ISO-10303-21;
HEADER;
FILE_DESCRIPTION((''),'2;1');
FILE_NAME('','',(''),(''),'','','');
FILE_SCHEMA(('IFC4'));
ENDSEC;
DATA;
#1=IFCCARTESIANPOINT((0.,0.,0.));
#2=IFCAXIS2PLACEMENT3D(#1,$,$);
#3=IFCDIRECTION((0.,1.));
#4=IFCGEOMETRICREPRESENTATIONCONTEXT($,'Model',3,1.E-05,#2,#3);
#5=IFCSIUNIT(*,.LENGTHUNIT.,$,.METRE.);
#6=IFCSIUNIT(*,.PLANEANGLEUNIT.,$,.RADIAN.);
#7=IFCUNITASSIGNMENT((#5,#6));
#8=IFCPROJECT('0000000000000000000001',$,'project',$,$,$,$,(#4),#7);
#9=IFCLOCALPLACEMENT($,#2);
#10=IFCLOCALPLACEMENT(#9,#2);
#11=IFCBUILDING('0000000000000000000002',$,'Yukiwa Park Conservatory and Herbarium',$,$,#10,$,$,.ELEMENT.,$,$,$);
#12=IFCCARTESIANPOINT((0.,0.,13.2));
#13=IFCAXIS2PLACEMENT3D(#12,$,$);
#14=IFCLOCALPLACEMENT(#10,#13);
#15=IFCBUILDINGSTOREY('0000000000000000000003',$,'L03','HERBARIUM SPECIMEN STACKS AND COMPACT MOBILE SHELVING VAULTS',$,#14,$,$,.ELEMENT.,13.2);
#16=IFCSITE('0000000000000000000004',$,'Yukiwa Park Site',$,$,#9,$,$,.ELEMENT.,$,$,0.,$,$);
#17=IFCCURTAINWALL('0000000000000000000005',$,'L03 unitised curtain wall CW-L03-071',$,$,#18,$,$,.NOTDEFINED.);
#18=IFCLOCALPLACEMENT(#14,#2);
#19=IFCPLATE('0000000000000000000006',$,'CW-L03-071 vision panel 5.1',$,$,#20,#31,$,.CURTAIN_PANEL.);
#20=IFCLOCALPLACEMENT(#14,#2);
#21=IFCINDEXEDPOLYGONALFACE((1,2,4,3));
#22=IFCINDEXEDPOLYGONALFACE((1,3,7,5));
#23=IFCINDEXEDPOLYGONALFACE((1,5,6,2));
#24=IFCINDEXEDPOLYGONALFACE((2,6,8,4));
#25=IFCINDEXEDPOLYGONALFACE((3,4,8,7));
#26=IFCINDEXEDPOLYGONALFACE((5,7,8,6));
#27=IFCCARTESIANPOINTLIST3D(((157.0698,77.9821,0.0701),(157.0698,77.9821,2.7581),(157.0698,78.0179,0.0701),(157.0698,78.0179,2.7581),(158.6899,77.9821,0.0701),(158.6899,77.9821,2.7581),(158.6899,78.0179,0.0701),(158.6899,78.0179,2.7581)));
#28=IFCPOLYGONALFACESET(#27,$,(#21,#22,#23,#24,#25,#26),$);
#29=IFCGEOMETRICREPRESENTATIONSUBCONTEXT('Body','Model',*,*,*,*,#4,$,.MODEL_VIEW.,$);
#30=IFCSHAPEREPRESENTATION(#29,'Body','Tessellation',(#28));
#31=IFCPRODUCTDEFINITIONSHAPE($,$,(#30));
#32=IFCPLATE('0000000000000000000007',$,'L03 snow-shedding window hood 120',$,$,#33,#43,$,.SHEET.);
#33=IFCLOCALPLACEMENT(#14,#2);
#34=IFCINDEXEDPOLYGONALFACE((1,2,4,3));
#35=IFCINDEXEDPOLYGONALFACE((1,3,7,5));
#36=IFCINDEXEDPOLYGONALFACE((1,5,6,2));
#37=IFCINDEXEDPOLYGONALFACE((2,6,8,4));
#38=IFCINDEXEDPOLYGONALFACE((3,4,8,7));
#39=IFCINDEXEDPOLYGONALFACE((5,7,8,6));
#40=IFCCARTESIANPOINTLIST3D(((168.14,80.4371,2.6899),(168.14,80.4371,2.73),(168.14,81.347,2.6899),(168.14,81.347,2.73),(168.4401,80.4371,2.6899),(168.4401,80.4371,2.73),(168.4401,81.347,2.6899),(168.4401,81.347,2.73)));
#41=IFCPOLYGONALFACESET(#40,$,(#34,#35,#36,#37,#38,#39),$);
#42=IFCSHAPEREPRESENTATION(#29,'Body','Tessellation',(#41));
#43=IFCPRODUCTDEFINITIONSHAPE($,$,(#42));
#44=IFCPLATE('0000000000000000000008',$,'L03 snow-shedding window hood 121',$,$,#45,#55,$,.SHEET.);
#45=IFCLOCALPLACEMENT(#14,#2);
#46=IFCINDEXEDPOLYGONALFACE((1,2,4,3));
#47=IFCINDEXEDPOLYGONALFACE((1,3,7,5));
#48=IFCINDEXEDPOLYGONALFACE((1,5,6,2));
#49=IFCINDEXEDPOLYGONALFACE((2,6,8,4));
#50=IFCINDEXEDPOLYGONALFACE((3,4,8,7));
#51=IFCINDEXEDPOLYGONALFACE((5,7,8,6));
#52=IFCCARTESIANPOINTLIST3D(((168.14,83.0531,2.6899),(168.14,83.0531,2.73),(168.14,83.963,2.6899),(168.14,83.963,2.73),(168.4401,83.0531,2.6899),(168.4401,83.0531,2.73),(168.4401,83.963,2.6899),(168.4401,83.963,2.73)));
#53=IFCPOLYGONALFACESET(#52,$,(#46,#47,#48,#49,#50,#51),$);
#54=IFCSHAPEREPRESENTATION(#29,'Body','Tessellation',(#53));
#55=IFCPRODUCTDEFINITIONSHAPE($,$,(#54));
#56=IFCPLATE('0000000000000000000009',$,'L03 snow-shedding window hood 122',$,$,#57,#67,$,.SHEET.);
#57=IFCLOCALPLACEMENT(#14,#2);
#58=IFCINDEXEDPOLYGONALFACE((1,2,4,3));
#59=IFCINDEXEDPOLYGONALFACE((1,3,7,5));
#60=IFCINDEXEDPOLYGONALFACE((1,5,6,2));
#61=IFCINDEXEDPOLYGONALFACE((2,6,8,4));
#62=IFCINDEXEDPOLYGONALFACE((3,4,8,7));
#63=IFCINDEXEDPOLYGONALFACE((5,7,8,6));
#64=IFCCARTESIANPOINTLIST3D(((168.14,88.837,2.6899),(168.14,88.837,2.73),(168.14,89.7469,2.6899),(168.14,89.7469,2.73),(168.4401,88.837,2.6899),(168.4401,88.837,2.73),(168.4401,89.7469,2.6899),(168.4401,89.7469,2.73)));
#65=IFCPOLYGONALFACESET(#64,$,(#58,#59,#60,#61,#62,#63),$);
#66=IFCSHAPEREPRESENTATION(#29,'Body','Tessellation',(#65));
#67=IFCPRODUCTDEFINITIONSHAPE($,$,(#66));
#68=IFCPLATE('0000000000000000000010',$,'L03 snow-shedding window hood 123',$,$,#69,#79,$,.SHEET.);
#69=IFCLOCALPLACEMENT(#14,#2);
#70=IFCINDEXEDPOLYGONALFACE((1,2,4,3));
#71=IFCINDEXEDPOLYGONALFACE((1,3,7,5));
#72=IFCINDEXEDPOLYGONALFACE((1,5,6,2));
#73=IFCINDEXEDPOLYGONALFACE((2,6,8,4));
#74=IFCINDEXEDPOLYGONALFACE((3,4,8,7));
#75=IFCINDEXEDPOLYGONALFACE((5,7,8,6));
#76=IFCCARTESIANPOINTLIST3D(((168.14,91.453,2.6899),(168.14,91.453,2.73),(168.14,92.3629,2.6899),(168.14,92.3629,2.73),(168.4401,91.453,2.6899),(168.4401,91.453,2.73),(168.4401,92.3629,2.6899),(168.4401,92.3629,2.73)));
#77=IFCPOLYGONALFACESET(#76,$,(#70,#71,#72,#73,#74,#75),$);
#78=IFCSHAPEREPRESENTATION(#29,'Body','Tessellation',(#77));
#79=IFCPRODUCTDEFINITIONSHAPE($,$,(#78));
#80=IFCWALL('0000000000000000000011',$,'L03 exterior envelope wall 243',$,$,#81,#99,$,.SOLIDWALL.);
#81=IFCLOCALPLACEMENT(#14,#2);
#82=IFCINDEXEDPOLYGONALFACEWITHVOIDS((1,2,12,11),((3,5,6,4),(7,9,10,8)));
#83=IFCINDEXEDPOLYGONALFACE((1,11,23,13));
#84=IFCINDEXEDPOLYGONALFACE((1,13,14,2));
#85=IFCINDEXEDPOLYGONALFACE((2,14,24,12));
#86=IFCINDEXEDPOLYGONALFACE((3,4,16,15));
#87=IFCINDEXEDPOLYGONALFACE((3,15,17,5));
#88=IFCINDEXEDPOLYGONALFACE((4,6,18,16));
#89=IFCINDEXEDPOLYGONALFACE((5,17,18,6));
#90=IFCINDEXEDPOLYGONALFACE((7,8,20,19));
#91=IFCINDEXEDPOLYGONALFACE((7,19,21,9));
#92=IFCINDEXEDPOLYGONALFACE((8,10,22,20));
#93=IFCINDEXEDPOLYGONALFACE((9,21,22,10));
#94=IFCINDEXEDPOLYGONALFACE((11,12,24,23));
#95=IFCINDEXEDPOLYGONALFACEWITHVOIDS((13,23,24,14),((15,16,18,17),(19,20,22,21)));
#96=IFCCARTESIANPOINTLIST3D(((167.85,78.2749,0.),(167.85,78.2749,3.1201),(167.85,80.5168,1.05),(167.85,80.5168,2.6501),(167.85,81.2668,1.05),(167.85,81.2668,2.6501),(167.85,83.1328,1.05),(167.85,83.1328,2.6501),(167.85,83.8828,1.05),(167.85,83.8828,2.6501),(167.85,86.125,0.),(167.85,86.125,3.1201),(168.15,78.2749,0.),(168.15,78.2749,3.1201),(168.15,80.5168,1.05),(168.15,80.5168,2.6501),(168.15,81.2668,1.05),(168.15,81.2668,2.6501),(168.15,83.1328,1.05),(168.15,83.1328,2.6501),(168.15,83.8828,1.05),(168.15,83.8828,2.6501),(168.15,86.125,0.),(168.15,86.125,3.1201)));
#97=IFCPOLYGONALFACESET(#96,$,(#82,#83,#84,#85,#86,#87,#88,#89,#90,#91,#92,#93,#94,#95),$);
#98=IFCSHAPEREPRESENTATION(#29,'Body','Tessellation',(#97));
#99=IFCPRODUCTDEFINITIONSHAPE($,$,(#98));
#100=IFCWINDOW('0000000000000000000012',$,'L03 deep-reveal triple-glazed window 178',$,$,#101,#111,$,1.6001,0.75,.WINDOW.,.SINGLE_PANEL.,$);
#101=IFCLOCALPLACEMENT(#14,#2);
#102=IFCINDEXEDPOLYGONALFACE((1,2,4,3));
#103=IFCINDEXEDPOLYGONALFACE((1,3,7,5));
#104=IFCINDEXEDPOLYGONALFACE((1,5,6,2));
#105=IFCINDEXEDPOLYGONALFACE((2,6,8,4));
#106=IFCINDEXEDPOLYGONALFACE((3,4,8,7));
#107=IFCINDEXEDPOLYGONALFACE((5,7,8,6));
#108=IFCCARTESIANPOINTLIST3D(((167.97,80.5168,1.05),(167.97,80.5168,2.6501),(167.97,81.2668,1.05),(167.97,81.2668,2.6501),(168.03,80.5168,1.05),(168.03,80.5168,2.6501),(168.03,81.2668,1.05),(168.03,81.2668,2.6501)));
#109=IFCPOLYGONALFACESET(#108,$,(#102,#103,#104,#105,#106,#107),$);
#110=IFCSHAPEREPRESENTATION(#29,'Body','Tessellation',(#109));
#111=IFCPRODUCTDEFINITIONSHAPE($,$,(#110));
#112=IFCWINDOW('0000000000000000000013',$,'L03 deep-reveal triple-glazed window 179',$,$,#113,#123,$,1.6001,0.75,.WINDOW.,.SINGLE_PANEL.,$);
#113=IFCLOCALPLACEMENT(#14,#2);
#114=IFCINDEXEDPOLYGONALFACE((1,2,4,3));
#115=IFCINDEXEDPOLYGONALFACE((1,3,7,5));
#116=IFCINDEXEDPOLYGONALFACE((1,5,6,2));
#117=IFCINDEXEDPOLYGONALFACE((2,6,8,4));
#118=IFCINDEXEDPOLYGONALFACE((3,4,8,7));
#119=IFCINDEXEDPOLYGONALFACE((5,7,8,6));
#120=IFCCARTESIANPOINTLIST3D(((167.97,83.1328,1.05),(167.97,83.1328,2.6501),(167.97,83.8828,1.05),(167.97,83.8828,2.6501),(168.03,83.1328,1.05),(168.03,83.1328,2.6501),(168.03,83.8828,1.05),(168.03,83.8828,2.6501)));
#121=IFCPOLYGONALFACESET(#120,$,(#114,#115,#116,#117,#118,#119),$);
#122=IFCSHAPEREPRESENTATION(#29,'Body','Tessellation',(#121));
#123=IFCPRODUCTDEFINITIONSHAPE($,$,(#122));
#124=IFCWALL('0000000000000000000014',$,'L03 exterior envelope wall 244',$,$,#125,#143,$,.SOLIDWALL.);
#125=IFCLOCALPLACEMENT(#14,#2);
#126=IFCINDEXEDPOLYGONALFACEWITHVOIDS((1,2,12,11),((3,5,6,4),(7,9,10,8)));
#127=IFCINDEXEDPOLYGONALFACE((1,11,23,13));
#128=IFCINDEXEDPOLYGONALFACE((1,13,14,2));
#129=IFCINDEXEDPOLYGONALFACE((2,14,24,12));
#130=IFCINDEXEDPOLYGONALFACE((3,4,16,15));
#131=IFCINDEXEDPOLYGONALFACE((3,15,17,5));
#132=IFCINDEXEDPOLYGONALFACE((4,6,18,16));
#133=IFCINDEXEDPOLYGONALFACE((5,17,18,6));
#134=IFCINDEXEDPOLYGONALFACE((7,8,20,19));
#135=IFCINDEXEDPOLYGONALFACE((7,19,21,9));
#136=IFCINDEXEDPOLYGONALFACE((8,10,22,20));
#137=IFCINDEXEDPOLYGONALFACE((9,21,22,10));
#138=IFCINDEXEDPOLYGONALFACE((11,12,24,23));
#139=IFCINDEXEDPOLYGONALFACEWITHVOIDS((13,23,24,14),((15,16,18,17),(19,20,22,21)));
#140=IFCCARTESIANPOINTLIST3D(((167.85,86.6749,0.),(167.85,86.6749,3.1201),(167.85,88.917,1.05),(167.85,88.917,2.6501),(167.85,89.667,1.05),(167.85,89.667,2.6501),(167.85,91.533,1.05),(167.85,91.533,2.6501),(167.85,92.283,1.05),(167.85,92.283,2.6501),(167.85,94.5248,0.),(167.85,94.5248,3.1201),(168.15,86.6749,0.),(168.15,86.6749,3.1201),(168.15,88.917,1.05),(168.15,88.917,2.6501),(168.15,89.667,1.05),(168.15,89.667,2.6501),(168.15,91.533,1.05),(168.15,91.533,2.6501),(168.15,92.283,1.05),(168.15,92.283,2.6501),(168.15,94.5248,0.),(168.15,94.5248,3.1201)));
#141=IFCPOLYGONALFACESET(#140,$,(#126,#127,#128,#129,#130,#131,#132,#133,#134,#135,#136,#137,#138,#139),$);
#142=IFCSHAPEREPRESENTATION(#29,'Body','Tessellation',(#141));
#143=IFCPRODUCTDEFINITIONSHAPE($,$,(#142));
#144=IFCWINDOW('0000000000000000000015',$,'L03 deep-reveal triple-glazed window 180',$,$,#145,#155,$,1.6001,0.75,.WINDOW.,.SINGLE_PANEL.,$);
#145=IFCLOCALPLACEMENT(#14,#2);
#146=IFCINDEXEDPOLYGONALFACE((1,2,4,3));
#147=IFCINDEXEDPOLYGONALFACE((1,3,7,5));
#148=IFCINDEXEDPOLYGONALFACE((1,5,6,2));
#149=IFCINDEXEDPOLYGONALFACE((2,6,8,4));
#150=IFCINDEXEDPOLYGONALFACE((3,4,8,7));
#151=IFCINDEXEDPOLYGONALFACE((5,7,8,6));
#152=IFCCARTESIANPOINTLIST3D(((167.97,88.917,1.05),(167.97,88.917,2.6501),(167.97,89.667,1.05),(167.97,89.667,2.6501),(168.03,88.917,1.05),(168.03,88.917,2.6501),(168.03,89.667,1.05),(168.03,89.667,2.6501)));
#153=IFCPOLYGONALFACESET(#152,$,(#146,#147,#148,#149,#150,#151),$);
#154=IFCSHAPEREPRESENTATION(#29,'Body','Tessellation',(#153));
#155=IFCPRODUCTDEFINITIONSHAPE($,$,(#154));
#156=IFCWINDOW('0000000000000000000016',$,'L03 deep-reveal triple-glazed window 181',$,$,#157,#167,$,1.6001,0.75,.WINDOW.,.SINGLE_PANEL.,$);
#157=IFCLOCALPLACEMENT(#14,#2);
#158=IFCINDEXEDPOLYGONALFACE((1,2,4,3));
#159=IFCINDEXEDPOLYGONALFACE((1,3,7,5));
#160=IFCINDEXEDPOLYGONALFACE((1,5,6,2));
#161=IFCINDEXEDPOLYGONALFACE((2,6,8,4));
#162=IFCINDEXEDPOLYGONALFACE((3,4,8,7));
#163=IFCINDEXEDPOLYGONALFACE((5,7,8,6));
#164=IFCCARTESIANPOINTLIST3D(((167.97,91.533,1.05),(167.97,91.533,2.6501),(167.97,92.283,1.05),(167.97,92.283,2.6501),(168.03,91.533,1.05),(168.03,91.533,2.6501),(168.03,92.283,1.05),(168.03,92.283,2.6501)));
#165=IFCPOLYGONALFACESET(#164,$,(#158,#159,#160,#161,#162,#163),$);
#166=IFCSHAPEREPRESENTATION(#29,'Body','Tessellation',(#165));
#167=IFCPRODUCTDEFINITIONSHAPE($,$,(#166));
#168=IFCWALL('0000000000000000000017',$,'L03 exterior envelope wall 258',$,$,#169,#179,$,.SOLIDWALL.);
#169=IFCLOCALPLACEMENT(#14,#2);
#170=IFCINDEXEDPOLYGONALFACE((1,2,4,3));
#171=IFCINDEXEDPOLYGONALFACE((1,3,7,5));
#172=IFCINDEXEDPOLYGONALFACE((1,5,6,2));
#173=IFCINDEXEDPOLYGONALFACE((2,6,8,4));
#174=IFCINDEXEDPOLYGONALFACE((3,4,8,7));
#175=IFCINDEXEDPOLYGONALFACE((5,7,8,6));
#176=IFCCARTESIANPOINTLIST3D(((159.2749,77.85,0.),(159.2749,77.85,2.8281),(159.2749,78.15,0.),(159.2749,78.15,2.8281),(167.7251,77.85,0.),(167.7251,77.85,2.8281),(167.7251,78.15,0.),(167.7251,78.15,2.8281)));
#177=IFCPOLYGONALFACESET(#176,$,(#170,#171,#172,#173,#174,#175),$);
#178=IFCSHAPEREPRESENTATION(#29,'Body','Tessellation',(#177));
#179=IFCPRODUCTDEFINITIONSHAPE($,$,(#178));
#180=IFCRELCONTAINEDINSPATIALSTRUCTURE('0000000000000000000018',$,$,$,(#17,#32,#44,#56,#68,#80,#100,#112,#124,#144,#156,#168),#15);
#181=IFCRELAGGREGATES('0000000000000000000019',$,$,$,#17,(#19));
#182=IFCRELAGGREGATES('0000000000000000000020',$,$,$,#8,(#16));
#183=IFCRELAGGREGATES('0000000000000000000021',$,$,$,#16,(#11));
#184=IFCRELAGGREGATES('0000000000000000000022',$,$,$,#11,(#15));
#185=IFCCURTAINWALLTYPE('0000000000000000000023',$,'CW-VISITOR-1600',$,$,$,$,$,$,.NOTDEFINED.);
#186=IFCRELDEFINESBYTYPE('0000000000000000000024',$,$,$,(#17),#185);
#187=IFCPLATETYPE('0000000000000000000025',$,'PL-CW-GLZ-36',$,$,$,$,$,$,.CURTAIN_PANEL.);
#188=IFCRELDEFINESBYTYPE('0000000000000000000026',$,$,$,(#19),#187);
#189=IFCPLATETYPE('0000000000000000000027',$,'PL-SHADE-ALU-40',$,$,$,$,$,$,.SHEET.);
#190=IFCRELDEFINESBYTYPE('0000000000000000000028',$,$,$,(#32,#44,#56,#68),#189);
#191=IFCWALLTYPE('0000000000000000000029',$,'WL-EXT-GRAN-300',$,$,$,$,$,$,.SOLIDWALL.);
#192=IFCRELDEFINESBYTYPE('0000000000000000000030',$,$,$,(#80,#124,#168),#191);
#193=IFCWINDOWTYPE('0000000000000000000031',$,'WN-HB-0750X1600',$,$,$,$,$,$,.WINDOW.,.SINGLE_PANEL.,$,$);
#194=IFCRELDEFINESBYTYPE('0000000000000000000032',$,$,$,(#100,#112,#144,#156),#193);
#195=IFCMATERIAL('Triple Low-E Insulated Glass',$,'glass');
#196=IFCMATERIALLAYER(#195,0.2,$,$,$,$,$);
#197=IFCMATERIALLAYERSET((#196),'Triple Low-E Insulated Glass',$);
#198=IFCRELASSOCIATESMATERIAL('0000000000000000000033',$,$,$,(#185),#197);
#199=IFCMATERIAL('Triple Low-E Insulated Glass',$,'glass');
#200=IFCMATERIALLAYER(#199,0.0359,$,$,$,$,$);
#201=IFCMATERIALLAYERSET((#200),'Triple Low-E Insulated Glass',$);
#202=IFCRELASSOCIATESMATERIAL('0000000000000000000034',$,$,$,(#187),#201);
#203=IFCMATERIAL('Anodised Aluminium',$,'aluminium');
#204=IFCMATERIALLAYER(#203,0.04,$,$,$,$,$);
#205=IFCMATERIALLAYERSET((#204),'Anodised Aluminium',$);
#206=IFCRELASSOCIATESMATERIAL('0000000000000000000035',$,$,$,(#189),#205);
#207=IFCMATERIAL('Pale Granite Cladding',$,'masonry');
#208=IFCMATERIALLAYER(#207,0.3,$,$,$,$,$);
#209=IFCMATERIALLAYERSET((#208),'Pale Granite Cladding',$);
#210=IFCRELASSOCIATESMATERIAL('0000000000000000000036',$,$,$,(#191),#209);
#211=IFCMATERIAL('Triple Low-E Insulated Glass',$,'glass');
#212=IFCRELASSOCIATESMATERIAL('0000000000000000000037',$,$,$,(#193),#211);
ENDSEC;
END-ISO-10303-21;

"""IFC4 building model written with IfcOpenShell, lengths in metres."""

from ifc_helpers import new_model, si_unit, direction, frame, frame_2d, origin, origin_2d, place, context, subcontext, project, spatial, rectangle, extrude, material, layer, layer_set, type_object, element, fill, aggregate, save


model = new_model("IFC4")

# Units and contexts
model_context = context("Model", 3, precision=1e-05, world=origin(), true_north=direction((0.0, 1.0)))
body_context = subcontext(model_context, "Body", "Model", "MODEL_VIEW")
ifc_project = project(units=[si_unit("LENGTHUNIT", "METRE"), si_unit("PLANEANGLEUNIT", "RADIAN")], contexts=[model_context])

# Site, building, storey
site_placement = place(None, origin())
site = spatial("IfcSite", under=ifc_project, at=site_placement, Name="Yukiwa Park Site", CompositionType="ELEMENT", RefElevation=0.0)
building_placement = place(site_placement, origin())
building = spatial("IfcBuilding", under=site, at=building_placement, Name="Yukiwa Park Conservatory and Herbarium", CompositionType="ELEMENT")
storey_placement = place(building_placement, frame((0.0, 0.0, 13.2)))
storey = spatial("IfcBuildingStorey", under=building, at=storey_placement, Name="L03", Description="HERBARIUM SPECIMEN STACKS AND COMPACT MOBILE SHELVING VAULTS", CompositionType="ELEMENT", Elevation=13.2)

# Curtain wall, plate
ifc_material_1 = material(Name="Triple Low-E Insulated Glass", Category="glass")
ifc_layer_1 = layer(ifc_material_1, 0.2)
ifc_layer_set_1 = layer_set([ifc_layer_1], Name="Triple Low-E Insulated Glass")
curtain_wall_type = type_object("IfcCurtainWallType", Name="CW-VISITOR-1600", PredefinedType="NOTDEFINED", material=ifc_layer_set_1)
curtain_wall_placement = place(storey_placement, origin())
curtain_wall = element("IfcCurtainWall", 1, at=curtain_wall_placement, inside=storey, type_object=curtain_wall_type, Name="L03 unitised curtain wall CW-L03-071", PredefinedType="NOTDEFINED")
ifc_material_2 = material(Name="Triple Low-E Insulated Glass", Category="glass")
ifc_layer_2 = layer(ifc_material_2, 0.0359)
ifc_layer_set_2 = layer_set([ifc_layer_2], Name="Triple Low-E Insulated Glass")
plate_type_1 = type_object("IfcPlateType", Name="PL-CW-GLZ-36", PredefinedType="CURTAIN_PANEL", material=ifc_layer_set_2)
plate_placement = place(storey_placement, frame((157.8799, 78.0, 0.0701), z_axis=(0.0, 0.0, 1.0), x_axis=(1.0, 0.0, 0.0)))
plate = element("IfcPlate", 2, at=plate_placement, type_object=plate_type_1, Name="CW-L03-071 vision panel 5.1", PredefinedType="CURTAIN_PANEL", context=body_context, shape_type="SweptSolid", body=[
    extrude(rectangle(XDim=1.6201, YDim=0.0359, at=origin_2d()), origin(), (0.0, 0.0, 1.0), 2.688),
])
aggregate(curtain_wall, [plate])

# Plates
ifc_material_3 = material(Name="Anodised Aluminium", Category="aluminium")
ifc_layer_3 = layer(ifc_material_3, 0.04)
ifc_layer_set_3 = layer_set([ifc_layer_3], Name="Anodised Aluminium")
plate_type_2 = type_object("IfcPlateType", Name="PL-SHADE-ALU-40", PredefinedType="SHEET", material=ifc_layer_set_3)
for number, where, z_axis, x_axis, name in (
    (3, (168.29, 80.8921, 2.6899), (0.0, 0.0, 1.0), (0.0, 1.0, 0.0), "L03 snow-shedding window hood 120"),
    (4, (168.29, 83.5081, 2.6899), (0.0, 0.0, 1.0), (0.0, 1.0, 0.0), "L03 snow-shedding window hood 121"),
    (5, (168.29, 89.292, 2.6899), (0.0, 0.0, 1.0), (0.0, 1.0, 0.0), "L03 snow-shedding window hood 122"),
    (6, (168.29, 91.908, 2.6899), (0.0, 0.0, 1.0), (0.0, 1.0, 0.0), "L03 snow-shedding window hood 123"),
):
    element("IfcPlate", number, at=place(storey_placement, frame(where, z_axis=z_axis, x_axis=x_axis)), inside=storey, type_object=plate_type_2, Name=name, PredefinedType="SHEET", context=body_context, shape_type="SweptSolid", body=[
        extrude(rectangle(XDim=0.9099, YDim=0.3, at=origin_2d()), origin(), (0.0, 0.0, 1.0), 0.04),
    ])

# Walls, openings, windows
ifc_material_4 = material(Name="Pale Granite Cladding", Category="masonry")
ifc_layer_4 = layer(ifc_material_4, 0.3)
ifc_layer_set_4 = layer_set([ifc_layer_4], Name="Pale Granite Cladding")
wall_type = type_object("IfcWallType", Name="WL-EXT-GRAN-300", PredefinedType="SOLIDWALL", material=ifc_layer_set_4)
wall_1_placement = place(storey_placement, frame((168.0, 78.2749, 0.0), z_axis=(0.0, 0.0, 1.0), x_axis=(0.0, 1.0, 0.0)))
wall_1 = element("IfcWall", 7, at=wall_1_placement, inside=storey, type_object=wall_type, Name="L03 exterior envelope wall 243", PredefinedType="SOLIDWALL", context=body_context, shape_type="SweptSolid", body=[
    extrude(rectangle(XDim=7.8501, YDim=0.3, at=frame_2d((3.925, 0.0))), origin(), (0.0, 0.0, 1.0), 3.1201),
])
opening_1_placement = place(wall_1_placement, frame((2.2419, 0.0, 1.05)))
opening_1 = element("IfcOpeningElement", 8, at=opening_1_placement, cuts=wall_1, PredefinedType="OPENING", context=body_context, shape_type="SweptSolid", body=[
    extrude(rectangle(XDim=0.75, YDim=1.6001, at=frame_2d((0.375, 0.8))), frame((0.0, 0.1602, 0.0), z_axis=(0.0, -1.0, 0.0), x_axis=(1.0, 0.0, 0.0)), (0.0, 0.0, 1.0), 0.3201),
])
opening_2_placement = place(wall_1_placement, frame((4.8579, 0.0, 1.05)))
opening_2 = element("IfcOpeningElement", 9, at=opening_2_placement, cuts=wall_1, PredefinedType="OPENING", context=body_context, shape_type="SweptSolid", body=[
    extrude(rectangle(XDim=0.75, YDim=1.6001, at=frame_2d((0.375, 0.8))), frame((0.0, 0.1602, 0.0), z_axis=(0.0, -1.0, 0.0), x_axis=(1.0, 0.0, 0.0)), (0.0, 0.0, 1.0), 0.3201),
])
ifc_material_5 = material(Name="Triple Low-E Insulated Glass", Category="glass")
window_type = type_object("IfcWindowType", Name="WN-HB-0750X1600", PartitioningType="SINGLE_PANEL", PredefinedType="WINDOW", material=ifc_material_5)
window_1_placement = place(opening_1_placement, origin())
window_1 = element("IfcWindow", 10, at=window_1_placement, inside=storey, type_object=window_type, Name="L03 deep-reveal triple-glazed window 178", OverallHeight=1.6001, OverallWidth=0.75, PartitioningType="SINGLE_PANEL", PredefinedType="WINDOW", context=body_context, shape_type="SweptSolid", body=[
    extrude(rectangle(XDim=0.75, YDim=1.6001, at=frame_2d((0.375, 0.8))), frame((0.0, 0.03, 0.0), z_axis=(0.0, -1.0, 0.0), x_axis=(1.0, 0.0, 0.0)), (0.0, 0.0, 1.0), 0.0601),
])
fill(opening_1, window_1)
window_2_placement = place(opening_2_placement, origin())
window_2 = element("IfcWindow", 11, at=window_2_placement, inside=storey, type_object=window_type, Name="L03 deep-reveal triple-glazed window 179", OverallHeight=1.6001, OverallWidth=0.75, PartitioningType="SINGLE_PANEL", PredefinedType="WINDOW", context=body_context, shape_type="SweptSolid", body=[
    extrude(rectangle(XDim=0.75, YDim=1.6001, at=frame_2d((0.375, 0.8))), frame((0.0, 0.03, 0.0), z_axis=(0.0, -1.0, 0.0), x_axis=(1.0, 0.0, 0.0)), (0.0, 0.0, 1.0), 0.0601),
])
fill(opening_2, window_2)
wall_2_placement = place(storey_placement, frame((168.0, 86.675, 0.0), z_axis=(0.0, 0.0, 1.0), x_axis=(0.0, 1.0, 0.0)))
wall_2 = element("IfcWall", 12, at=wall_2_placement, inside=storey, type_object=wall_type, Name="L03 exterior envelope wall 244", PredefinedType="SOLIDWALL", context=body_context, shape_type="SweptSolid", body=[
    extrude(rectangle(XDim=7.8499, YDim=0.3, at=frame_2d((3.9248, 0.0))), origin(), (0.0, 0.0, 1.0), 3.1201),
])
opening_3_placement = place(wall_2_placement, frame((2.2419, 0.0, 1.05)))
opening_3 = element("IfcOpeningElement", 13, at=opening_3_placement, cuts=wall_2, PredefinedType="OPENING", context=body_context, shape_type="SweptSolid", body=[
    extrude(rectangle(XDim=0.75, YDim=1.6001, at=frame_2d((0.375, 0.8))), frame((0.0, 0.1602, 0.0), z_axis=(0.0, -1.0, 0.0), x_axis=(1.0, 0.0, 0.0)), (0.0, 0.0, 1.0), 0.3201),
])
opening_4_placement = place(wall_2_placement, frame((4.8579, 0.0, 1.05)))
opening_4 = element("IfcOpeningElement", 14, at=opening_4_placement, cuts=wall_2, PredefinedType="OPENING", context=body_context, shape_type="SweptSolid", body=[
    extrude(rectangle(XDim=0.75, YDim=1.6001, at=frame_2d((0.375, 0.8))), frame((0.0, 0.1602, 0.0), z_axis=(0.0, -1.0, 0.0), x_axis=(1.0, 0.0, 0.0)), (0.0, 0.0, 1.0), 0.3201),
])
window_3_placement = place(opening_3_placement, origin())
window_3 = element("IfcWindow", 15, at=window_3_placement, inside=storey, type_object=window_type, Name="L03 deep-reveal triple-glazed window 180", OverallHeight=1.6001, OverallWidth=0.75, PartitioningType="SINGLE_PANEL", PredefinedType="WINDOW", context=body_context, shape_type="SweptSolid", body=[
    extrude(rectangle(XDim=0.75, YDim=1.6001, at=frame_2d((0.375, 0.8))), frame((0.0, 0.03, 0.0), z_axis=(0.0, -1.0, 0.0), x_axis=(1.0, 0.0, 0.0)), (0.0, 0.0, 1.0), 0.0601),
])
fill(opening_3, window_3)
window_4_placement = place(opening_4_placement, origin())
window_4 = element("IfcWindow", 16, at=window_4_placement, inside=storey, type_object=window_type, Name="L03 deep-reveal triple-glazed window 181", OverallHeight=1.6001, OverallWidth=0.75, PartitioningType="SINGLE_PANEL", PredefinedType="WINDOW", context=body_context, shape_type="SweptSolid", body=[
    extrude(rectangle(XDim=0.75, YDim=1.6001, at=frame_2d((0.375, 0.8))), frame((0.0, 0.03, 0.0), z_axis=(0.0, -1.0, 0.0), x_axis=(1.0, 0.0, 0.0)), (0.0, 0.0, 1.0), 0.0601),
])
fill(opening_4, window_4)

# Wall
wall_3_placement = place(storey_placement, frame((159.2749, 78.0, 0.0), z_axis=(0.0, 0.0, 1.0), x_axis=(1.0, 0.0, 0.0)))
element("IfcWall", 17, at=wall_3_placement, inside=storey, type_object=wall_type, Name="L03 exterior envelope wall 258", PredefinedType="SOLIDWALL", context=body_context, shape_type="SweptSolid", body=[
    extrude(rectangle(XDim=8.4502, YDim=0.3, at=frame_2d((4.2251, 0.0))), origin(), (0.0, 0.0, 1.0), 2.8281),
])

save(model, "model.ifc")
